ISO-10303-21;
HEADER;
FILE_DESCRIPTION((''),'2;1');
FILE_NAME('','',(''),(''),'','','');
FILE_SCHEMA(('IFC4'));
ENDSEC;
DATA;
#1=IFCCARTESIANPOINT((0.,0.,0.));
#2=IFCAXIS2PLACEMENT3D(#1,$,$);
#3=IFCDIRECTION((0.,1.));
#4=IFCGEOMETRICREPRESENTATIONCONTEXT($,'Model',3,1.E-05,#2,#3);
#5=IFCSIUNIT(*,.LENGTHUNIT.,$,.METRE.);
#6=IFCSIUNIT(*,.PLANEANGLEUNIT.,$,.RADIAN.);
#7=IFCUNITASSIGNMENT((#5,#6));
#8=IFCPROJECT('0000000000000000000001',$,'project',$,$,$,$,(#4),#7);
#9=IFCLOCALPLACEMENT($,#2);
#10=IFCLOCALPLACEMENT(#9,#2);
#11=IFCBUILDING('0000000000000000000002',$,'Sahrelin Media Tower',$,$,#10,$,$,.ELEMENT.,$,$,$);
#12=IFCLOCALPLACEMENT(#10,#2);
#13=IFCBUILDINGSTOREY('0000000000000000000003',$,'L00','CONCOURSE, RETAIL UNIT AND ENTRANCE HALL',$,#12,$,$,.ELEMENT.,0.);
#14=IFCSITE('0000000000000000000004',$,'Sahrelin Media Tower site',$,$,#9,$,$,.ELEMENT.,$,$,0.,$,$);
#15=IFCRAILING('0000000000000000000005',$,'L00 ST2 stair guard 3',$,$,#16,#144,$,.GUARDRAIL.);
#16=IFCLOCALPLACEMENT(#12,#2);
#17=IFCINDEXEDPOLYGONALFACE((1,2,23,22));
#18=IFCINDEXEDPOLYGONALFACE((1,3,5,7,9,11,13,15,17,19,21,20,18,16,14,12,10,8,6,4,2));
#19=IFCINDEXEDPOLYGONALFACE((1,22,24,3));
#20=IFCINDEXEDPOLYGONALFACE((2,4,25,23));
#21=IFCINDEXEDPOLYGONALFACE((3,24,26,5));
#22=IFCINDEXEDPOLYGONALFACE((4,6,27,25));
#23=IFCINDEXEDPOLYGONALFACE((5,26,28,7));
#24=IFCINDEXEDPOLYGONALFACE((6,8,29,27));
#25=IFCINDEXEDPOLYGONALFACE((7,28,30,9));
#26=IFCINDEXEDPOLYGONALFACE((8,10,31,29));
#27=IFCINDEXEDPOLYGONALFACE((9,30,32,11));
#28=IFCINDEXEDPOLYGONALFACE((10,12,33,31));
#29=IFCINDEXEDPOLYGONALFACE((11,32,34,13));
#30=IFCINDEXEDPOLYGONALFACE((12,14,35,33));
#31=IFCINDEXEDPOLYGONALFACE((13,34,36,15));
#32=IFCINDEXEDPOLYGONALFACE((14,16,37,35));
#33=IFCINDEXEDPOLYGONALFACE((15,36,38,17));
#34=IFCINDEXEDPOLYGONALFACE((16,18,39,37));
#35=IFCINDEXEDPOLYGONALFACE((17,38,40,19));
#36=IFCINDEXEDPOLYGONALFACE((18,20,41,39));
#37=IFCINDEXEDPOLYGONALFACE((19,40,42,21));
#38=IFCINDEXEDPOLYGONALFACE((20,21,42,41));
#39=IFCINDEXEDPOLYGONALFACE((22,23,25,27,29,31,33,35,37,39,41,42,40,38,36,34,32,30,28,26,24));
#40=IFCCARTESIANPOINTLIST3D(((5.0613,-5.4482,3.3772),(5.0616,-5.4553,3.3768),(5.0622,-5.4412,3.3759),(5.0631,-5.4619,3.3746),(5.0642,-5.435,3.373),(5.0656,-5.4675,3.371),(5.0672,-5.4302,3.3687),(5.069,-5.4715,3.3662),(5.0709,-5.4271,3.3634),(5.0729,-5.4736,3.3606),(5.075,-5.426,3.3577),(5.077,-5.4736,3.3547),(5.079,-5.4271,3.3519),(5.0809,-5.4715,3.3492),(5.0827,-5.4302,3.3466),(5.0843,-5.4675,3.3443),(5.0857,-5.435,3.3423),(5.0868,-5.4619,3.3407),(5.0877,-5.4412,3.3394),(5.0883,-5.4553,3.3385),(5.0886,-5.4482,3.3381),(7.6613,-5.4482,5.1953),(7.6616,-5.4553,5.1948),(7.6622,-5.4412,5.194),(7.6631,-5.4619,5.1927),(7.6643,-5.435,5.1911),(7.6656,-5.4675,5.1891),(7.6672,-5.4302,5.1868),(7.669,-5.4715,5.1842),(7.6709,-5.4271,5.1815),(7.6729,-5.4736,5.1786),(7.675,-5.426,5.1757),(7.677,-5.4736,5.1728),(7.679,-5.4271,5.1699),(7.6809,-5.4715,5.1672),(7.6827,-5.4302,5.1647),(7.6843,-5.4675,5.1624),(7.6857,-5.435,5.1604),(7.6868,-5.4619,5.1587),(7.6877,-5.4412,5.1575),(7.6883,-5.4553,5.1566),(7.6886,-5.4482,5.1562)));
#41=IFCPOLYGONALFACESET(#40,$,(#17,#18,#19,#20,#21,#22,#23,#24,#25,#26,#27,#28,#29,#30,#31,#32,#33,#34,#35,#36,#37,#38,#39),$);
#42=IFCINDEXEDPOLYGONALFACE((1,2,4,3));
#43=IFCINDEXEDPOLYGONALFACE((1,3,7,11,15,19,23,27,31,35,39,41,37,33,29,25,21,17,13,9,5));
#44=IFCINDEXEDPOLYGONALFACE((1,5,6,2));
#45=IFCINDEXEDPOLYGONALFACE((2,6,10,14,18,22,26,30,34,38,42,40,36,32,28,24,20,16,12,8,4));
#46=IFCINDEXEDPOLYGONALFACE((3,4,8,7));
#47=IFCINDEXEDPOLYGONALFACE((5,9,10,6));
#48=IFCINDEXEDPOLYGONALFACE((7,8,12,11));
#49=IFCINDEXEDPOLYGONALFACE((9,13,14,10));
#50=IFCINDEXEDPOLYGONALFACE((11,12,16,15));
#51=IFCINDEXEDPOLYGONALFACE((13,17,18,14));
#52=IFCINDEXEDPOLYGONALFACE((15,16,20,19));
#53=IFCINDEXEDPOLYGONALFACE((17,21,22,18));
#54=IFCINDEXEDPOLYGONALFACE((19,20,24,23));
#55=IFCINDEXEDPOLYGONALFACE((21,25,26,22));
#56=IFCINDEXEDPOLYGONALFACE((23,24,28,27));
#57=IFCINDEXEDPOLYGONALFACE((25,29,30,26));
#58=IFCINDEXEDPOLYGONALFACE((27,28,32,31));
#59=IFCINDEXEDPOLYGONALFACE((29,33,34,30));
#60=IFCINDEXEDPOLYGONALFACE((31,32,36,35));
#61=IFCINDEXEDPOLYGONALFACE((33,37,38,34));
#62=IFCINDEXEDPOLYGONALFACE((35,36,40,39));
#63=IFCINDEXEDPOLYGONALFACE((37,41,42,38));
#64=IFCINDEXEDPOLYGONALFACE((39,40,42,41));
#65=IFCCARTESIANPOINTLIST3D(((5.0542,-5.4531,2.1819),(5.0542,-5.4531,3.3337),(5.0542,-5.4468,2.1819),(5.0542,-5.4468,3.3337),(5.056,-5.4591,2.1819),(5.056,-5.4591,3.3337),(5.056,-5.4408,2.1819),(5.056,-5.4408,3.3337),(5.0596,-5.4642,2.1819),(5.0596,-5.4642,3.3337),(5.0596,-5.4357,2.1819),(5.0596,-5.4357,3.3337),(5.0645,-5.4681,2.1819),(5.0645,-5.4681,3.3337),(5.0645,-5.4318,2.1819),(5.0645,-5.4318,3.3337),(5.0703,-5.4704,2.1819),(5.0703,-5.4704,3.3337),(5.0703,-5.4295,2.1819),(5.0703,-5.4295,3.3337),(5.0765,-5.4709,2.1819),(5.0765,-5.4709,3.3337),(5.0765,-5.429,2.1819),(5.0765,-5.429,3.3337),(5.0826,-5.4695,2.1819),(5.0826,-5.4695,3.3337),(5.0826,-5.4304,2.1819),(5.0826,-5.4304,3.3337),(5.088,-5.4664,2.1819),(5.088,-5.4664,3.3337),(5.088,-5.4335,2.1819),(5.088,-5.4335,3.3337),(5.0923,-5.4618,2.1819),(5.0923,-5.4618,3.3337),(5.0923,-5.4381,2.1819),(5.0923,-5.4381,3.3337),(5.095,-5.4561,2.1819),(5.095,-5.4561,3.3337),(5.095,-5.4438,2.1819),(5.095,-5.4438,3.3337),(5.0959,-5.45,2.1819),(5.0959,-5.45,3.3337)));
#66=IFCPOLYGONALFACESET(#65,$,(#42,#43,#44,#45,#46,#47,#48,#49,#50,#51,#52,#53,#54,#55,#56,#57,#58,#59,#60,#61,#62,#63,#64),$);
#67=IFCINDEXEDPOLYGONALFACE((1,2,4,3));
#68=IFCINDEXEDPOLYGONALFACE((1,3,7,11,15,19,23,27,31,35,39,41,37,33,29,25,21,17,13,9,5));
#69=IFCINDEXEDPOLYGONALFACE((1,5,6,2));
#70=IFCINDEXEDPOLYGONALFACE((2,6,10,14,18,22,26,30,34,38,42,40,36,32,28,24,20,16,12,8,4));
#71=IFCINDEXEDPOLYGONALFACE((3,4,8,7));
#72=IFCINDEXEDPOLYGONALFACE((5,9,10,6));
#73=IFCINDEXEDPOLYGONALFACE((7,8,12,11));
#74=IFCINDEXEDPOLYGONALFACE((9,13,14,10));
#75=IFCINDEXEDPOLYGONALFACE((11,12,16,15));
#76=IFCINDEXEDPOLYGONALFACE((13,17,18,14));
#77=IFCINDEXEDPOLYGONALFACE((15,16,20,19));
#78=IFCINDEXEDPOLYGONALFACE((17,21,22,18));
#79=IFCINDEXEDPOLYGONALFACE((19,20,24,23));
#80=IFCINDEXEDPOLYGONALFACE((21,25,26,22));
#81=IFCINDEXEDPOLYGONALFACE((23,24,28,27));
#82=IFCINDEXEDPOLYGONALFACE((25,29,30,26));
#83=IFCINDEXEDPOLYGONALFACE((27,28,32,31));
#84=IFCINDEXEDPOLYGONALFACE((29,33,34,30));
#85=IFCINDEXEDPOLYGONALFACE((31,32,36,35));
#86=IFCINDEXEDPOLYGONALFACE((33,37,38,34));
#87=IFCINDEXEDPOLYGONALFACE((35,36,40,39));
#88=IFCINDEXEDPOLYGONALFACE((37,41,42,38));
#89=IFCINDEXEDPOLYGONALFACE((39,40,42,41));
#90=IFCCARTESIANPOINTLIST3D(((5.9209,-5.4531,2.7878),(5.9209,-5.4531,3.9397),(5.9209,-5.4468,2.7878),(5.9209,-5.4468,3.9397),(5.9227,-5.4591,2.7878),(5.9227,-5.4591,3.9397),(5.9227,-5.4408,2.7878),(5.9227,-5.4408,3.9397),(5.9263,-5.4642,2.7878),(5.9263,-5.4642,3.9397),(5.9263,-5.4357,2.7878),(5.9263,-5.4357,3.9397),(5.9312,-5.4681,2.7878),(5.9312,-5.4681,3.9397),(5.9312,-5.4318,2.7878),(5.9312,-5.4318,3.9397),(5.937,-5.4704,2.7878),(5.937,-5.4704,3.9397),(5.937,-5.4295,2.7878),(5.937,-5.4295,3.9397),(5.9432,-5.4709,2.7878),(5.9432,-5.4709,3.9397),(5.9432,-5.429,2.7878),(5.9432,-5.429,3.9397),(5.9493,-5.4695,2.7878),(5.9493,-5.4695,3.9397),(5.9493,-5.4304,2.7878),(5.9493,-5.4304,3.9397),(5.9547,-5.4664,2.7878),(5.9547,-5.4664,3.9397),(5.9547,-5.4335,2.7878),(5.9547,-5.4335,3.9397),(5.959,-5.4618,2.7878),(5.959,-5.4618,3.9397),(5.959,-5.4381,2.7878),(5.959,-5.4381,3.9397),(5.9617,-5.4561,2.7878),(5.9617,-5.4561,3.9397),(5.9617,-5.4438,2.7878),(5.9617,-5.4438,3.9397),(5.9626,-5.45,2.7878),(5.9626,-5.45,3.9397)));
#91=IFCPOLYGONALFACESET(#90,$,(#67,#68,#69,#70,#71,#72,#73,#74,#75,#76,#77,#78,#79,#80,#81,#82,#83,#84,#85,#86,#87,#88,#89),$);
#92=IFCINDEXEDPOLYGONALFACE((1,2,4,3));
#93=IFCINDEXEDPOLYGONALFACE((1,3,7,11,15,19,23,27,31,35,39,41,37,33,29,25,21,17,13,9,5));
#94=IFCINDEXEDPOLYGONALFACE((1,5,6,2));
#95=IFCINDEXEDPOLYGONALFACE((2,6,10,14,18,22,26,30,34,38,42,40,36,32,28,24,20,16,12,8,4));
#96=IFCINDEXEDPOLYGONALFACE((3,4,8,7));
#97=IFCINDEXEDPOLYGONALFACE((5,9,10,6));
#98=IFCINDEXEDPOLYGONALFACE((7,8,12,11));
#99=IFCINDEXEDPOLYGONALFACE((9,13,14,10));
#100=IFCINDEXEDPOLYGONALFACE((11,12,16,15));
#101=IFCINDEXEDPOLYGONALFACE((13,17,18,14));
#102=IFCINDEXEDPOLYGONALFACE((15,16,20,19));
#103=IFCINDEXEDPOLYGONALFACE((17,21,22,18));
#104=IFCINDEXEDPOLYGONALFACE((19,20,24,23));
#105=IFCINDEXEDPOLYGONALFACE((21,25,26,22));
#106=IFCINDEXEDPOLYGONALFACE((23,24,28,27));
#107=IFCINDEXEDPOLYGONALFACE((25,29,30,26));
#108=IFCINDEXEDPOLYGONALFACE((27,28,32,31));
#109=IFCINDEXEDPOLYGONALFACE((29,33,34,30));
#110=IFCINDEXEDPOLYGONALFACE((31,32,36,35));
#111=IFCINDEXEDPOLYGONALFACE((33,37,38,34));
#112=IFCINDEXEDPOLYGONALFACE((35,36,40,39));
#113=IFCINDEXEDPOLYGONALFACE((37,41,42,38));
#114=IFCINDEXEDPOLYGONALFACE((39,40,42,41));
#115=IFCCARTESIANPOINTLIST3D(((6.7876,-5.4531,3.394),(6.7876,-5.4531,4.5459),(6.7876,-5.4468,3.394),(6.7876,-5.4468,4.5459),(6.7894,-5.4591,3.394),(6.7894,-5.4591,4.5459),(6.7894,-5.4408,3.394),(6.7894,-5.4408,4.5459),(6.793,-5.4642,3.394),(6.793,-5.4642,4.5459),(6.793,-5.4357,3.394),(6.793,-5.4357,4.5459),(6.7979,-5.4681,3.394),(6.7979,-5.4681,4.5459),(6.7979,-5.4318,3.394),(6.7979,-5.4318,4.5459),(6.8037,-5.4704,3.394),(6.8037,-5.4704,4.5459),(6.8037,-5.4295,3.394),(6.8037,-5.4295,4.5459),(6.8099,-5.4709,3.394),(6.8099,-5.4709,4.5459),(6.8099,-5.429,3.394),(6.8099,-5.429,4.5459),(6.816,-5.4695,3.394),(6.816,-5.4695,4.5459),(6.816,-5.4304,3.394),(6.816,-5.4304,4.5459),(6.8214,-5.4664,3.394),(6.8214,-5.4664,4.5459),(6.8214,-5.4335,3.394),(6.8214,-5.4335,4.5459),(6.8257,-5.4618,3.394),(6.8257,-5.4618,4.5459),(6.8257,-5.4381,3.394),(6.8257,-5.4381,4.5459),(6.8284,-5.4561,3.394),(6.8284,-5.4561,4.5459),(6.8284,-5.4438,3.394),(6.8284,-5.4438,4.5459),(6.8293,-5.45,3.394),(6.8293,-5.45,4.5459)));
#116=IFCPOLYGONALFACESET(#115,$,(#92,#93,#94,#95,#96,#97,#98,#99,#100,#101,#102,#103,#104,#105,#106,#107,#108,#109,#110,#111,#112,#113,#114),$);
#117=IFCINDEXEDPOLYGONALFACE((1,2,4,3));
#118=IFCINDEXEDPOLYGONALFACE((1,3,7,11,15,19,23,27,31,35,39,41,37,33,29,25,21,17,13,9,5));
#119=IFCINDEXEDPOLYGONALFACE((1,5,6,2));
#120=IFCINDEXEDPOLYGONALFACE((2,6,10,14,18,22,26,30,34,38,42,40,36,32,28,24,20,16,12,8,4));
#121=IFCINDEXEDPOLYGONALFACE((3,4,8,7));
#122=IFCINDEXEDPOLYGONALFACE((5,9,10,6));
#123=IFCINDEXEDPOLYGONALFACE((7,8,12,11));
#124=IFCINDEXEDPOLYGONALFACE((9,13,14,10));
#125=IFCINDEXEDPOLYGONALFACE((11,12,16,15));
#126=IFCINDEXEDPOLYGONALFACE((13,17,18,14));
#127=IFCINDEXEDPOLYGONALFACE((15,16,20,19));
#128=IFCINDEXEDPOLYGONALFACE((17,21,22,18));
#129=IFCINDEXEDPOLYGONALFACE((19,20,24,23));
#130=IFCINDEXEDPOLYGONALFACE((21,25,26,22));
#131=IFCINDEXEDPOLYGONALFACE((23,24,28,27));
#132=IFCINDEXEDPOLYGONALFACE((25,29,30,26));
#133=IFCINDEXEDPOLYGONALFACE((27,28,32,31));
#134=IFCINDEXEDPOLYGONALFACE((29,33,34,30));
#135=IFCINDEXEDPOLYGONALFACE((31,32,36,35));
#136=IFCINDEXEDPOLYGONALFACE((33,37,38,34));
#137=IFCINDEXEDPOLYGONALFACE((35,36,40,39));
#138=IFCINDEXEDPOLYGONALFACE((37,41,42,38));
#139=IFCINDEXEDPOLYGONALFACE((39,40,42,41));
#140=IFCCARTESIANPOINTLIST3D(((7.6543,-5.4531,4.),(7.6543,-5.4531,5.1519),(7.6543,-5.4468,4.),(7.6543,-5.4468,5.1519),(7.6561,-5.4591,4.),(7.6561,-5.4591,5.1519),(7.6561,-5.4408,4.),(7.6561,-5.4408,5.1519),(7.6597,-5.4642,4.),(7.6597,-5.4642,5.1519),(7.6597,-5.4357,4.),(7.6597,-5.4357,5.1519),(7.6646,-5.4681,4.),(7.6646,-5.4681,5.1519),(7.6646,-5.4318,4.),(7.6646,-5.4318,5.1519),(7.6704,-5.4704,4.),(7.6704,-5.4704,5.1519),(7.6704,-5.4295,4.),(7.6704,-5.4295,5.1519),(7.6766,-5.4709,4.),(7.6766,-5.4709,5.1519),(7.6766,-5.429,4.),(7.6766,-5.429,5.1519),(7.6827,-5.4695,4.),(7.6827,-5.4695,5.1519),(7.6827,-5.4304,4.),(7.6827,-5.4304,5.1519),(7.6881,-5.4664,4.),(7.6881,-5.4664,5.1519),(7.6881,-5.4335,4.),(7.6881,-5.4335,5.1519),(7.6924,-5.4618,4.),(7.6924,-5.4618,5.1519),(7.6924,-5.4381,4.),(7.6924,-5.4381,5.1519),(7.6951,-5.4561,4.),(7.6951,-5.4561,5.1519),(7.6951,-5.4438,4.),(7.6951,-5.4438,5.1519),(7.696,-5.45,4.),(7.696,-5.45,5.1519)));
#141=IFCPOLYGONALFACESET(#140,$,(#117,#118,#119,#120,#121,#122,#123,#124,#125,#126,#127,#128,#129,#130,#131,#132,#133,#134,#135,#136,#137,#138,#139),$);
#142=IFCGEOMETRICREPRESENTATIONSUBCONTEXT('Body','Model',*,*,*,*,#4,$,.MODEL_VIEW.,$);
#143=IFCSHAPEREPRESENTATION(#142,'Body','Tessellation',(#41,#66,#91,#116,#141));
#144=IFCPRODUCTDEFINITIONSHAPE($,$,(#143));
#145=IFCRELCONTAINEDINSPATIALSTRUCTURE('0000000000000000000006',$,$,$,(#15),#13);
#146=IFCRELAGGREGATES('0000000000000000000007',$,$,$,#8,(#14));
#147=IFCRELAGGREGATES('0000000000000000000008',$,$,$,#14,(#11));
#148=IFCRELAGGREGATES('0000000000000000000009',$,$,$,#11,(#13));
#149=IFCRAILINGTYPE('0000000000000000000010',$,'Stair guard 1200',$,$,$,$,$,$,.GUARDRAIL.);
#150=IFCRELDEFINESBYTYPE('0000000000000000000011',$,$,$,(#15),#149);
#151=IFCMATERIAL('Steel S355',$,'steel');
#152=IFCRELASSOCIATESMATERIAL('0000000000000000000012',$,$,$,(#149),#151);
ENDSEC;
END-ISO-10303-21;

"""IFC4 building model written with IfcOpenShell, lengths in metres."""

from ifc_helpers import new_model, si_unit, direction, frame, origin, origin_2d, place, context, subcontext, project, spatial, circle, extrude, material, type_object, element, save


model = new_model("IFC4")

# Units and contexts
model_context = context("Model", 3, precision=1e-05, world=origin(), true_north=direction((0.0, 1.0)))
body_context = subcontext(model_context, "Body", "Model", "MODEL_VIEW")
ifc_project = project(units=[si_unit("LENGTHUNIT", "METRE"), si_unit("PLANEANGLEUNIT", "RADIAN")], contexts=[model_context])

# Site, building, storey
site_placement = place(None, origin())
site = spatial("IfcSite", under=ifc_project, at=site_placement, Name="Sahrelin Media Tower site", CompositionType="ELEMENT", RefElevation=0.0)
building_placement = place(site_placement, origin())
building = spatial("IfcBuilding", under=site, at=building_placement, Name="Sahrelin Media Tower", CompositionType="ELEMENT")
storey_placement = place(building_placement, origin())
storey = spatial("IfcBuildingStorey", under=building, at=storey_placement, Name="L00", Description="CONCOURSE, RETAIL UNIT AND ENTRANCE HALL", CompositionType="ELEMENT", Elevation=0.0)

# Shared definitions
ifc_material_1 = material(Name="Steel S355", Category="steel")

# Railing
railing_type_1 = type_object("IfcRailingType", Name="Stair guard 1200", PredefinedType="GUARDRAIL", material=ifc_material_1)
railing_1_placement = place(storey_placement, frame((5.075, -5.45, 2.1819)))
element("IfcRailing", 1, at=railing_1_placement, inside=storey, type_object=railing_type_1, Name="L00 ST2 stair guard 3", PredefinedType="GUARDRAIL", context=body_context, shape_type="SweptSolid", body=[
    extrude(circle(Radius=0.0239, at=origin_2d()), frame((0.0, 0.0, 1.1758), z_axis=(0.819521, 0.0, 0.573049), x_axis=(0.0, 1.0, 0.0)), (0.0, 0.0, 1.0), 3.1726),
    extrude(circle(Radius=0.021, at=origin_2d()), origin(), (0.0, 0.0, 1.0), 1.1519),
    extrude(circle(Radius=0.021, at=origin_2d()), frame((0.8667, 0.0, 0.606)), (0.0, 0.0, 1.0), 1.1519),
    extrude(circle(Radius=0.021, at=origin_2d()), frame((1.7334, 0.0, 1.2122)), (0.0, 0.0, 1.0), 1.1519),
    extrude(circle(Radius=0.021, at=origin_2d()), frame((2.6001, 0.0, 1.8181)), (0.0, 0.0, 1.0), 1.1519),
])

save(model, "model.ifc")
